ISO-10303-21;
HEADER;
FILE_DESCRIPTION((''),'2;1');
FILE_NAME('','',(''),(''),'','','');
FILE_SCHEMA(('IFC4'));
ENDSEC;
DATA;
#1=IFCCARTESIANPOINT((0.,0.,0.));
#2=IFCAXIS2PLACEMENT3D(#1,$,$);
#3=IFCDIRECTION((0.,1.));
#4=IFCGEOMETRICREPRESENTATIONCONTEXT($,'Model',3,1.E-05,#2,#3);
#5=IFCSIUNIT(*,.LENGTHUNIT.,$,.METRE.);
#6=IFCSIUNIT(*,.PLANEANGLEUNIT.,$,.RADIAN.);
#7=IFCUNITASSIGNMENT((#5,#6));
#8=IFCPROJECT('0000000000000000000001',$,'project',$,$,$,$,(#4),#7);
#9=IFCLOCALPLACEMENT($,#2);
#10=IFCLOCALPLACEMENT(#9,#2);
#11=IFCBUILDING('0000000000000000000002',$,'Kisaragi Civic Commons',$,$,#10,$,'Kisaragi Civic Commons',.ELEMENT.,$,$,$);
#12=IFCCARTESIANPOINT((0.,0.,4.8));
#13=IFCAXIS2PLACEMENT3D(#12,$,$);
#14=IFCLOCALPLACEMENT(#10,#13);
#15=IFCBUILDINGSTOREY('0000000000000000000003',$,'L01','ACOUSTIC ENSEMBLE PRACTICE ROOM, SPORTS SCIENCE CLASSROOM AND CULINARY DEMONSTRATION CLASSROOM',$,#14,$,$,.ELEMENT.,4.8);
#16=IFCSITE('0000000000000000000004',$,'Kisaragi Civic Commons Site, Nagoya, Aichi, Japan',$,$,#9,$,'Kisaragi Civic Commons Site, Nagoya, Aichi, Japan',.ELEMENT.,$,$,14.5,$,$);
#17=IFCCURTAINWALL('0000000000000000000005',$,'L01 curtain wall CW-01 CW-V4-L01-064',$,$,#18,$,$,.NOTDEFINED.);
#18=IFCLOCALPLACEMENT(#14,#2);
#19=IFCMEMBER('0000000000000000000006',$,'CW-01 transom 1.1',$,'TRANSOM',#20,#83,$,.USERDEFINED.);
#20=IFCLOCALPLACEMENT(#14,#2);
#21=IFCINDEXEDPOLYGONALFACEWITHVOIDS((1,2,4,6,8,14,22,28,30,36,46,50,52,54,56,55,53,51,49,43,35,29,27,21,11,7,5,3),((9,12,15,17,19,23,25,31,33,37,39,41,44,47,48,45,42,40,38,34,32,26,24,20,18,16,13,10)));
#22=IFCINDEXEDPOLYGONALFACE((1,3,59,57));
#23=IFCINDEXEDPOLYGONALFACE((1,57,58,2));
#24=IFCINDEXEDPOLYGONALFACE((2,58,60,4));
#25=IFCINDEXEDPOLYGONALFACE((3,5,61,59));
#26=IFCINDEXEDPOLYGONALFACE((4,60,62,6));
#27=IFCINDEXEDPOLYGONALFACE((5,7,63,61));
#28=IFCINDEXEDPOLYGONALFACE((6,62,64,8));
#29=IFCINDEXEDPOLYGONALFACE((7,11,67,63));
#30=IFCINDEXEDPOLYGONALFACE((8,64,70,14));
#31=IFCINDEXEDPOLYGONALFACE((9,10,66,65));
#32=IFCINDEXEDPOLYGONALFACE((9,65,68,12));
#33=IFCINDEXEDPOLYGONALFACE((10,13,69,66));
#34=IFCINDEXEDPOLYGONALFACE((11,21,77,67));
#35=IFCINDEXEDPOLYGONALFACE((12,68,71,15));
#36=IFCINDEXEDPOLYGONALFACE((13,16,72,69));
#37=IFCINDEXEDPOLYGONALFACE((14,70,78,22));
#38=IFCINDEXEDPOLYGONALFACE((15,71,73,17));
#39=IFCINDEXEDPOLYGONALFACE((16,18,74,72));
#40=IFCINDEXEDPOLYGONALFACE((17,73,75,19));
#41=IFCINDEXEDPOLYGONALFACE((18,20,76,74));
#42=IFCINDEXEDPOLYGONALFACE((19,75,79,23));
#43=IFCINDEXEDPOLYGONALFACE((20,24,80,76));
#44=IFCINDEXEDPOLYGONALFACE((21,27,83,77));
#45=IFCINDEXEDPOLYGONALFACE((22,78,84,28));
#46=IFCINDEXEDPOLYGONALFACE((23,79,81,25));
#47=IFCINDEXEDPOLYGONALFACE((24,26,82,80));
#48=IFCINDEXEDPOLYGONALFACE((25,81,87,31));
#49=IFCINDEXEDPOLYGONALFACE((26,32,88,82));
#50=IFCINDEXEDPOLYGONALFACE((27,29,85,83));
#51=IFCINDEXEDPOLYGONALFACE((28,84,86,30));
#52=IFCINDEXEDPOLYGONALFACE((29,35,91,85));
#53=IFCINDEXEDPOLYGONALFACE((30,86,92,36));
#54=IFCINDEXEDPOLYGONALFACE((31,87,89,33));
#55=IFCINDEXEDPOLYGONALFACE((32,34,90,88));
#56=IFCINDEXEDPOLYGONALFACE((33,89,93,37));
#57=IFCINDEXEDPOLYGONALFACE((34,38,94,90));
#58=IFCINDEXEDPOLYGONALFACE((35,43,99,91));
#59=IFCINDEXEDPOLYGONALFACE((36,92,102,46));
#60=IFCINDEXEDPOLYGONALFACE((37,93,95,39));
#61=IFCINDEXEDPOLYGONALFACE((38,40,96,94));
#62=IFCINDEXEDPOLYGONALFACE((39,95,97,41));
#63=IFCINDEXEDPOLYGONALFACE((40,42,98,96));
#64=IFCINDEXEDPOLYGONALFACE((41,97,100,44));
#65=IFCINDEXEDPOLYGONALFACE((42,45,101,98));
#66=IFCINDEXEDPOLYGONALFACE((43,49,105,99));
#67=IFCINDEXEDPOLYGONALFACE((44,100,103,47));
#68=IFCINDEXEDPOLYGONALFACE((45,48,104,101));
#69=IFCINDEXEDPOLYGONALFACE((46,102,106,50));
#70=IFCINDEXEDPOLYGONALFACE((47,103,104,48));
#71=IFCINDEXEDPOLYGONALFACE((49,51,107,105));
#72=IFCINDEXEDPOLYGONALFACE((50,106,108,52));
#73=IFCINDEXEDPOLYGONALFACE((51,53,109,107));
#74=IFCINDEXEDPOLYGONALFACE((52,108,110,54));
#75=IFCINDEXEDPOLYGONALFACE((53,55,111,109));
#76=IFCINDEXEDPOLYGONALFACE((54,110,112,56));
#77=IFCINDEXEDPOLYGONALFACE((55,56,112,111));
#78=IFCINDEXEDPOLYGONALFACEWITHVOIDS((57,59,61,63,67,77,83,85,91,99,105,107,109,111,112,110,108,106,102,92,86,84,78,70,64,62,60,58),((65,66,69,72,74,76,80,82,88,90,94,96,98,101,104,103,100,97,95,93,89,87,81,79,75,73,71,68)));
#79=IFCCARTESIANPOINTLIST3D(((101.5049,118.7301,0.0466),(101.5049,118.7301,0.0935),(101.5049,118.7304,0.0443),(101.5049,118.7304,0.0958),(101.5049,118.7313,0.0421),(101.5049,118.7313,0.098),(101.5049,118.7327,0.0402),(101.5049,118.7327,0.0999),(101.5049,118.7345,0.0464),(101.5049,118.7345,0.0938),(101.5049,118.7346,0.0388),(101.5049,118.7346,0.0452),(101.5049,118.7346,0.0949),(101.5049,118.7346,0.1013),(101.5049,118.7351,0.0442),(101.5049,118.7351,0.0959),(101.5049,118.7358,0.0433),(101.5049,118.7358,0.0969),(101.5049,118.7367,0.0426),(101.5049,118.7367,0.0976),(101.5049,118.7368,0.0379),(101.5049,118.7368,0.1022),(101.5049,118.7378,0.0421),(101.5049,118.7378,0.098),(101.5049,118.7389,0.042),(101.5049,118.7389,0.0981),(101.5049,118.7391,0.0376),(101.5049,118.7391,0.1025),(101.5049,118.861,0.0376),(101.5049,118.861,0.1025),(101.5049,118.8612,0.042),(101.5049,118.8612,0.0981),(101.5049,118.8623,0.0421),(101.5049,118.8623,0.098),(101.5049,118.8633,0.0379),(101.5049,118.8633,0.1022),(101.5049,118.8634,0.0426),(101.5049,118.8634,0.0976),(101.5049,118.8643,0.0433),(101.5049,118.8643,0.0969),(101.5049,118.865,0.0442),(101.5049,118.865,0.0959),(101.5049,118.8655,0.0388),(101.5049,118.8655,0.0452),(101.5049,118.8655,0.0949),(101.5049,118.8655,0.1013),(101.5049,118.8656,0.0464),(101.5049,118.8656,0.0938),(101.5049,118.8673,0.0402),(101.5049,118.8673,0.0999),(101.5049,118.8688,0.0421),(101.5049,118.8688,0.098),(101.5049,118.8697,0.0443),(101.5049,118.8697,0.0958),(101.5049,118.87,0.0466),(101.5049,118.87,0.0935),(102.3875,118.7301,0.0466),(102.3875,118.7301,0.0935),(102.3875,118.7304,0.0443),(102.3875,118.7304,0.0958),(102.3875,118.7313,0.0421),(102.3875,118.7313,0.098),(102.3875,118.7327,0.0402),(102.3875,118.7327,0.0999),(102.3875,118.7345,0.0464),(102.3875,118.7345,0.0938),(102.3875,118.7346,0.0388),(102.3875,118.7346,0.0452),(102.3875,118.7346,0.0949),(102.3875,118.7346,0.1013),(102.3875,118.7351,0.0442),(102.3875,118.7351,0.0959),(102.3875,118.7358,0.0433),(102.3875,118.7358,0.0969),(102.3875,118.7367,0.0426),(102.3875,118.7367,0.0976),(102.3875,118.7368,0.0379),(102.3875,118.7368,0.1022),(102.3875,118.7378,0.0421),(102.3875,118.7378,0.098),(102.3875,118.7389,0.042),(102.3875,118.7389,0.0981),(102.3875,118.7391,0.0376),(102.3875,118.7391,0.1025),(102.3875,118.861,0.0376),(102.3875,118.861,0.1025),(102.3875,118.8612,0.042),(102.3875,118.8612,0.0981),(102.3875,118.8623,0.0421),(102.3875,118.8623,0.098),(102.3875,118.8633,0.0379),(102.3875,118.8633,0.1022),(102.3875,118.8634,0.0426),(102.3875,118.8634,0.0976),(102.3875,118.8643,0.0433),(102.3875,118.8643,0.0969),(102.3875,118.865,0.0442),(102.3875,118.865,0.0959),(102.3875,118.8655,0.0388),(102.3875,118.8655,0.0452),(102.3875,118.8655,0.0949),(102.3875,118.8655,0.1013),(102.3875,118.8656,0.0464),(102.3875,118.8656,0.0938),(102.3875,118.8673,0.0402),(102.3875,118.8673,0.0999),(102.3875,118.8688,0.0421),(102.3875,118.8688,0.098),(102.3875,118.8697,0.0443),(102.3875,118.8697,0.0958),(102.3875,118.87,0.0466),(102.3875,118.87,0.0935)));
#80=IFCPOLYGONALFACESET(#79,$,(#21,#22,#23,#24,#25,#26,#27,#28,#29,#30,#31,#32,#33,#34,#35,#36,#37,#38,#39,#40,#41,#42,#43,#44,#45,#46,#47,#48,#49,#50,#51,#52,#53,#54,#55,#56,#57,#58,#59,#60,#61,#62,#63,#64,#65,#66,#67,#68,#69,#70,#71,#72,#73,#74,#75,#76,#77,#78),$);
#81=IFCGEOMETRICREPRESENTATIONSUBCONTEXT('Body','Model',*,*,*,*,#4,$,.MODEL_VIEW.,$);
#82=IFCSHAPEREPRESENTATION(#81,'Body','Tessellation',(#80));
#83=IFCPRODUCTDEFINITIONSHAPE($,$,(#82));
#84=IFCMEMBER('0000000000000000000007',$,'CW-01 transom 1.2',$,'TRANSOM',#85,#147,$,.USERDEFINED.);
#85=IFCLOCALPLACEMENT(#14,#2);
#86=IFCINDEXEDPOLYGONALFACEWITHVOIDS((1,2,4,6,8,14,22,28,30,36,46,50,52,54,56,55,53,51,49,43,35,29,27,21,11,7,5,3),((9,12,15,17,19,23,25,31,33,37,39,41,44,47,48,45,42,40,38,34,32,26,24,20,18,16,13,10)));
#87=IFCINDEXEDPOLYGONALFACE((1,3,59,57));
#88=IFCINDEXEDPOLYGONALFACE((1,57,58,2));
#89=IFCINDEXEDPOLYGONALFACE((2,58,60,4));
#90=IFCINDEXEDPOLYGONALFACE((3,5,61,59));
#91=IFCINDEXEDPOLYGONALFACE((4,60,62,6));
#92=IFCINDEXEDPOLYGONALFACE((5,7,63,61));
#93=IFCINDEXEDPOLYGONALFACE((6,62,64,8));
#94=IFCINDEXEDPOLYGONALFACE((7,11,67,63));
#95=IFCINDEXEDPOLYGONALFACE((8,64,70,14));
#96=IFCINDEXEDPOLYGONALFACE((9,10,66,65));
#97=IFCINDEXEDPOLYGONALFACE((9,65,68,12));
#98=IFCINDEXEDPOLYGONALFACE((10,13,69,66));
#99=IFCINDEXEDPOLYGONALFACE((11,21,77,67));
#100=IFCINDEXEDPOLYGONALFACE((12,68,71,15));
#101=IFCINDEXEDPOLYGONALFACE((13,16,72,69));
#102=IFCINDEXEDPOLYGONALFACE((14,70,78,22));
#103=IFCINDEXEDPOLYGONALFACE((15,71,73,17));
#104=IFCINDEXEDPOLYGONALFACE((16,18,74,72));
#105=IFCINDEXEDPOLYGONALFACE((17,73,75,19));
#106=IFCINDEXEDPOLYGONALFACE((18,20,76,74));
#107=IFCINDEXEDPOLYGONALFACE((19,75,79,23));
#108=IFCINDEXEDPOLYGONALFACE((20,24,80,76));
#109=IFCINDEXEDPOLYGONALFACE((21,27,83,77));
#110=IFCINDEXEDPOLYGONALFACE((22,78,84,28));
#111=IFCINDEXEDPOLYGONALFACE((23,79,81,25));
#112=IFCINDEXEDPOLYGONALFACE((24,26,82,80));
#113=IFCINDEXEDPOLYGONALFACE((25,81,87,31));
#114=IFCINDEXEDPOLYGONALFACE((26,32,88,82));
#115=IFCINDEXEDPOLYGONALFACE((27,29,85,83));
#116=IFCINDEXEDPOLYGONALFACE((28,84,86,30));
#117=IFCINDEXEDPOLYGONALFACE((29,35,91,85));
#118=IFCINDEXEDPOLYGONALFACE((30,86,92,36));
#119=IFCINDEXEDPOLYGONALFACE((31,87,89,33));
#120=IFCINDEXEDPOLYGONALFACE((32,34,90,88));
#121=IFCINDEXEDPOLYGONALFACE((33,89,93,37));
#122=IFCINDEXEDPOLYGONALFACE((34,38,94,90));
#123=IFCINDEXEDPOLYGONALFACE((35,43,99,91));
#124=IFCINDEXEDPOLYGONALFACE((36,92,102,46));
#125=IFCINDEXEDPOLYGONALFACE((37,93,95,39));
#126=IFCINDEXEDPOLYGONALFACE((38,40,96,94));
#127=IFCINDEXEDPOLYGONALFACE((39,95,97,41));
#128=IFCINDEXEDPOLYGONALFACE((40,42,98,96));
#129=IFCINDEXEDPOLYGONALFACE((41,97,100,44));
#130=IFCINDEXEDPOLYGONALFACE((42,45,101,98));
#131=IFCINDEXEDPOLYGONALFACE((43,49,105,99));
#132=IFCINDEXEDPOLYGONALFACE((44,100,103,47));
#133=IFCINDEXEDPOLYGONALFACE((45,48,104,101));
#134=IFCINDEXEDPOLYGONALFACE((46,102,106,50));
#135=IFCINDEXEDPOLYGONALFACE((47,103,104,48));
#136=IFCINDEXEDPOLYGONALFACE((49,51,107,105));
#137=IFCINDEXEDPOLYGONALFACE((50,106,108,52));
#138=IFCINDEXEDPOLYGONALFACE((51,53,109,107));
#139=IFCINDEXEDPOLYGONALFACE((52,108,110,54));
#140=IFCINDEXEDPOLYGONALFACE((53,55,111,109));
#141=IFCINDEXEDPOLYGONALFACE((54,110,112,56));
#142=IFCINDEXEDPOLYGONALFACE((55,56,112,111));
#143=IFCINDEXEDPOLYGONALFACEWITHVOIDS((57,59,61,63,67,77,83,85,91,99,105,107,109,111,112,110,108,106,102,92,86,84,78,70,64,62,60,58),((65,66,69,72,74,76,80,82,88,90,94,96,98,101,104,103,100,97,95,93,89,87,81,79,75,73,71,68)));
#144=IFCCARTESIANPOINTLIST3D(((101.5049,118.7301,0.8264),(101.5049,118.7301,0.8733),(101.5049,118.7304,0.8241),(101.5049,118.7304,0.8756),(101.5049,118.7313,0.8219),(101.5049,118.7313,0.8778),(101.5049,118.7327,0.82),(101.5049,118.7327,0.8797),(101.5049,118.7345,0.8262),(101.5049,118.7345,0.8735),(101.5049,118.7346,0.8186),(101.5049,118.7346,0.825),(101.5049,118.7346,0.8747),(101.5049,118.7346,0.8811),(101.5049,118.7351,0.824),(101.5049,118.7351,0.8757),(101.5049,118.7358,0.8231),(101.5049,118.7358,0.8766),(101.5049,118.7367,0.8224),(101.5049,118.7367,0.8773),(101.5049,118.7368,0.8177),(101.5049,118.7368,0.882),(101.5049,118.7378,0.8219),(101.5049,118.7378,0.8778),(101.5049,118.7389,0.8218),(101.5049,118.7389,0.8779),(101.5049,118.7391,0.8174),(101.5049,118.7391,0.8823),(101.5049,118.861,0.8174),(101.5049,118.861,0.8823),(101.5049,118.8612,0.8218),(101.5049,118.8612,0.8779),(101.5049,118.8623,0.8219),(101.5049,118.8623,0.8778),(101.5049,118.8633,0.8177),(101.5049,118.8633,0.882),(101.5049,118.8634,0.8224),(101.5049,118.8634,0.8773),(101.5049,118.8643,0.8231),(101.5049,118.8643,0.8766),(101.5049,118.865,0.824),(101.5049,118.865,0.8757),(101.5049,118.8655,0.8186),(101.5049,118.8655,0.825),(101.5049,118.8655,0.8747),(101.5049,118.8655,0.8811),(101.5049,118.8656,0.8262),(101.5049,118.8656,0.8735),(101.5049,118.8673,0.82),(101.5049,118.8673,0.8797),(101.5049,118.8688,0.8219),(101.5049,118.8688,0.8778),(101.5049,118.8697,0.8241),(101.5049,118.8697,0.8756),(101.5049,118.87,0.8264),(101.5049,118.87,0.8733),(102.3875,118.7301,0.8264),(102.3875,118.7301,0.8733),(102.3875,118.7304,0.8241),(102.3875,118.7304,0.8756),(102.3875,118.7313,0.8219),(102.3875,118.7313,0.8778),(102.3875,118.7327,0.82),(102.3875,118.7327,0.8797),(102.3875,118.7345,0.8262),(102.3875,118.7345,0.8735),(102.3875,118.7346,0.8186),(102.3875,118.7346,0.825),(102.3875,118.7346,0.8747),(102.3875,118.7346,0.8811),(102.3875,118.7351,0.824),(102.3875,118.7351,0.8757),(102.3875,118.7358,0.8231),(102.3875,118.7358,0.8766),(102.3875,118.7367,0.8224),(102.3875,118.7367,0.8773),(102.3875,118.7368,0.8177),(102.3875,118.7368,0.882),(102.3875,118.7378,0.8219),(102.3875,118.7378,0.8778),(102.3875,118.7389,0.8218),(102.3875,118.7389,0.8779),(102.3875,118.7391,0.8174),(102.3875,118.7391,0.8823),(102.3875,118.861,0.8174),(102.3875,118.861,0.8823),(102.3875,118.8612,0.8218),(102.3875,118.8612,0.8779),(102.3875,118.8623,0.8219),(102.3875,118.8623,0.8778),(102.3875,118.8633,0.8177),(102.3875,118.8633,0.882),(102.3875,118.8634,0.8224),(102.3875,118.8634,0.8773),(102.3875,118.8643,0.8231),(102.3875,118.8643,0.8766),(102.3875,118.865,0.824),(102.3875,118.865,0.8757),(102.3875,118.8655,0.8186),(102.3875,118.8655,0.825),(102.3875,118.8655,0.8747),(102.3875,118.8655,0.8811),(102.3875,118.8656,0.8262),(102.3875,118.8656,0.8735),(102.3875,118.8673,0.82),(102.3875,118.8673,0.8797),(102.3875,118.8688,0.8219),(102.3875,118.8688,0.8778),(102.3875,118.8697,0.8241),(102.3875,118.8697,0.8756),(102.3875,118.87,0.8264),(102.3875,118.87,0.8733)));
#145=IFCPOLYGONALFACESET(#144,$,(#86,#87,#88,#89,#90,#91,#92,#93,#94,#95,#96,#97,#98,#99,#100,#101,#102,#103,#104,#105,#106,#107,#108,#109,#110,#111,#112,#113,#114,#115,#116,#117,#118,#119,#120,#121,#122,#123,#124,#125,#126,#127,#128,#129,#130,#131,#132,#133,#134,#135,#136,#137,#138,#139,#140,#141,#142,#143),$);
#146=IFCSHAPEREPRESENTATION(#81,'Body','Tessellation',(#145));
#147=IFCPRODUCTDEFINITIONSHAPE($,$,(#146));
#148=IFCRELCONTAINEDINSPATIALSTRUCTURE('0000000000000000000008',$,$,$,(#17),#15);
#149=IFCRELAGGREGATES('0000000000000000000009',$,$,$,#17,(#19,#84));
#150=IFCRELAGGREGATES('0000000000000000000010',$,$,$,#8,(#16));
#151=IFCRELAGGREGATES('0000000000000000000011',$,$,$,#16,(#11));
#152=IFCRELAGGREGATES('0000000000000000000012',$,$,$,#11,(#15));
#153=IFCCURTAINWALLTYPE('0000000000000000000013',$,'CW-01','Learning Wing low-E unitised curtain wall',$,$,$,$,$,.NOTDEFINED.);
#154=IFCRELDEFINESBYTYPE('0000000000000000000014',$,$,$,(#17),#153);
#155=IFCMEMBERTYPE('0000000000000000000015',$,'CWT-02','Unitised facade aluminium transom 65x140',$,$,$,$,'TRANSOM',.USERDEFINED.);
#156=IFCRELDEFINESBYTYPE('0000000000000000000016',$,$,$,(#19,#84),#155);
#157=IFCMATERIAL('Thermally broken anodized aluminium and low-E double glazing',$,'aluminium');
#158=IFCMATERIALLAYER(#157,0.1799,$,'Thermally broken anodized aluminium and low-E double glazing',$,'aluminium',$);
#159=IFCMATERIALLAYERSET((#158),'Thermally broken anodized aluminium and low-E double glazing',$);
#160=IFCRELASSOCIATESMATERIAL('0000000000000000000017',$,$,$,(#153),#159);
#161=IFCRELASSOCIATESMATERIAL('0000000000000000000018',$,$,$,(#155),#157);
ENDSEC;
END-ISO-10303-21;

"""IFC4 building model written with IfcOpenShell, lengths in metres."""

from ifc_helpers import new_model, si_unit, direction, frame, origin, origin_2d, place, context, subcontext, project, spatial, hollow_rectangle, extrude, material, layer, layer_set, material_profile, profile_set, type_object, element, aggregate, save


model = new_model("IFC4")

# Units and contexts
model_context = context("Model", 3, precision=1e-05, world=origin(), true_north=direction((0.0, 1.0)))
body_context = subcontext(model_context, "Body", "Model", "MODEL_VIEW")
ifc_project = project(units=[si_unit("LENGTHUNIT", "METRE"), si_unit("PLANEANGLEUNIT", "RADIAN")], contexts=[model_context])

# Site, building, storey
site_placement = place(None, origin())
site = spatial("IfcSite", under=ifc_project, at=site_placement, Name="Kisaragi Civic Commons Site, Nagoya, Aichi, Japan", LongName="Kisaragi Civic Commons Site, Nagoya, Aichi, Japan", CompositionType="ELEMENT", RefElevation=14.5)
building_placement = place(site_placement, origin())
building = spatial("IfcBuilding", under=site, at=building_placement, Name="Kisaragi Civic Commons", LongName="Kisaragi Civic Commons", CompositionType="ELEMENT")
storey_placement = place(building_placement, frame((0.0, 0.0, 4.8)))
storey = spatial("IfcBuildingStorey", under=building, at=storey_placement, Name="L01", Description="ACOUSTIC ENSEMBLE PRACTICE ROOM, SPORTS SCIENCE CLASSROOM AND CULINARY DEMONSTRATION CLASSROOM", CompositionType="ELEMENT", Elevation=4.8)

# Curtain wall
ifc_material = material(Name="Thermally broken anodized aluminium and low-E double glazing", Category="aluminium")
ifc_layer_1 = layer(ifc_material, 0.1799, Name="Thermally broken anodized aluminium and low-E double glazing", Category="aluminium")
ifc_layer_set_1 = layer_set([ifc_layer_1], Name="Thermally broken anodized aluminium and low-E double glazing")
curtain_wall_type = type_object("IfcCurtainWallType", Name="CW-01", Description="Learning Wing low-E unitised curtain wall", PredefinedType="NOTDEFINED", material=ifc_layer_set_1)
curtain_wall_1_placement = place(storey_placement, origin())
curtain_wall_1 = element("IfcCurtainWall", 1, at=curtain_wall_1_placement, inside=storey, type_object=curtain_wall_type, Name="L01 curtain wall CW-01 CW-V4-L01-064", PredefinedType="NOTDEFINED")

# Members
ifc_material_profile_1 = material_profile(ifc_material, hollow_rectangle(XDim=0.1399, YDim=0.0649, WallThickness=0.0044, InnerFilletRadius=0.0044, OuterFilletRadius=0.009, at=origin_2d()), Name="CWT-65x140x4.5", Category="aluminium")
ifc_profile_set_1 = profile_set([ifc_material_profile_1], Name="Thermally broken anodized aluminium and low-E double glazing")
member_type_1 = type_object("IfcMemberType", Name="CWT-02", Description="Unitised facade aluminium transom 65x140", ElementType="TRANSOM", PredefinedType="USERDEFINED", material=ifc_profile_set_1)
member_1_placement = place(storey_placement, frame((101.5049, 118.8, 0.0701), z_axis=(1.0, 0.0, 0.0), x_axis=(0.0, 1.0, 0.0)))
member_1 = element("IfcMember", 2, at=member_1_placement, type_object=member_type_1, Name="CW-01 transom 1.1", ObjectType="TRANSOM", PredefinedType="USERDEFINED", context=body_context, shape_type="SweptSolid", body=[
    extrude(hollow_rectangle(XDim=0.1399, YDim=0.0649, WallThickness=0.0044, InnerFilletRadius=0.0044, OuterFilletRadius=0.009, at=origin_2d()), origin(), (0.0, 0.0, 1.0), 0.8826),
])
member_2_placement = place(storey_placement, frame((101.5049, 118.8, 0.8499), z_axis=(1.0, 0.0, 0.0), x_axis=(0.0, 1.0, 0.0)))
member_2 = element("IfcMember", 3, at=member_2_placement, type_object=member_type_1, Name="CW-01 transom 1.2", ObjectType="TRANSOM", PredefinedType="USERDEFINED", context=body_context, shape_type="SweptSolid", body=[
    extrude(hollow_rectangle(XDim=0.1399, YDim=0.0649, WallThickness=0.0044, InnerFilletRadius=0.0044, OuterFilletRadius=0.009, at=origin_2d()), origin(), (0.0, 0.0, 1.0), 0.8826),
])

aggregate(curtain_wall_1, [member_1, member_2])

save(model, "model.ifc")
